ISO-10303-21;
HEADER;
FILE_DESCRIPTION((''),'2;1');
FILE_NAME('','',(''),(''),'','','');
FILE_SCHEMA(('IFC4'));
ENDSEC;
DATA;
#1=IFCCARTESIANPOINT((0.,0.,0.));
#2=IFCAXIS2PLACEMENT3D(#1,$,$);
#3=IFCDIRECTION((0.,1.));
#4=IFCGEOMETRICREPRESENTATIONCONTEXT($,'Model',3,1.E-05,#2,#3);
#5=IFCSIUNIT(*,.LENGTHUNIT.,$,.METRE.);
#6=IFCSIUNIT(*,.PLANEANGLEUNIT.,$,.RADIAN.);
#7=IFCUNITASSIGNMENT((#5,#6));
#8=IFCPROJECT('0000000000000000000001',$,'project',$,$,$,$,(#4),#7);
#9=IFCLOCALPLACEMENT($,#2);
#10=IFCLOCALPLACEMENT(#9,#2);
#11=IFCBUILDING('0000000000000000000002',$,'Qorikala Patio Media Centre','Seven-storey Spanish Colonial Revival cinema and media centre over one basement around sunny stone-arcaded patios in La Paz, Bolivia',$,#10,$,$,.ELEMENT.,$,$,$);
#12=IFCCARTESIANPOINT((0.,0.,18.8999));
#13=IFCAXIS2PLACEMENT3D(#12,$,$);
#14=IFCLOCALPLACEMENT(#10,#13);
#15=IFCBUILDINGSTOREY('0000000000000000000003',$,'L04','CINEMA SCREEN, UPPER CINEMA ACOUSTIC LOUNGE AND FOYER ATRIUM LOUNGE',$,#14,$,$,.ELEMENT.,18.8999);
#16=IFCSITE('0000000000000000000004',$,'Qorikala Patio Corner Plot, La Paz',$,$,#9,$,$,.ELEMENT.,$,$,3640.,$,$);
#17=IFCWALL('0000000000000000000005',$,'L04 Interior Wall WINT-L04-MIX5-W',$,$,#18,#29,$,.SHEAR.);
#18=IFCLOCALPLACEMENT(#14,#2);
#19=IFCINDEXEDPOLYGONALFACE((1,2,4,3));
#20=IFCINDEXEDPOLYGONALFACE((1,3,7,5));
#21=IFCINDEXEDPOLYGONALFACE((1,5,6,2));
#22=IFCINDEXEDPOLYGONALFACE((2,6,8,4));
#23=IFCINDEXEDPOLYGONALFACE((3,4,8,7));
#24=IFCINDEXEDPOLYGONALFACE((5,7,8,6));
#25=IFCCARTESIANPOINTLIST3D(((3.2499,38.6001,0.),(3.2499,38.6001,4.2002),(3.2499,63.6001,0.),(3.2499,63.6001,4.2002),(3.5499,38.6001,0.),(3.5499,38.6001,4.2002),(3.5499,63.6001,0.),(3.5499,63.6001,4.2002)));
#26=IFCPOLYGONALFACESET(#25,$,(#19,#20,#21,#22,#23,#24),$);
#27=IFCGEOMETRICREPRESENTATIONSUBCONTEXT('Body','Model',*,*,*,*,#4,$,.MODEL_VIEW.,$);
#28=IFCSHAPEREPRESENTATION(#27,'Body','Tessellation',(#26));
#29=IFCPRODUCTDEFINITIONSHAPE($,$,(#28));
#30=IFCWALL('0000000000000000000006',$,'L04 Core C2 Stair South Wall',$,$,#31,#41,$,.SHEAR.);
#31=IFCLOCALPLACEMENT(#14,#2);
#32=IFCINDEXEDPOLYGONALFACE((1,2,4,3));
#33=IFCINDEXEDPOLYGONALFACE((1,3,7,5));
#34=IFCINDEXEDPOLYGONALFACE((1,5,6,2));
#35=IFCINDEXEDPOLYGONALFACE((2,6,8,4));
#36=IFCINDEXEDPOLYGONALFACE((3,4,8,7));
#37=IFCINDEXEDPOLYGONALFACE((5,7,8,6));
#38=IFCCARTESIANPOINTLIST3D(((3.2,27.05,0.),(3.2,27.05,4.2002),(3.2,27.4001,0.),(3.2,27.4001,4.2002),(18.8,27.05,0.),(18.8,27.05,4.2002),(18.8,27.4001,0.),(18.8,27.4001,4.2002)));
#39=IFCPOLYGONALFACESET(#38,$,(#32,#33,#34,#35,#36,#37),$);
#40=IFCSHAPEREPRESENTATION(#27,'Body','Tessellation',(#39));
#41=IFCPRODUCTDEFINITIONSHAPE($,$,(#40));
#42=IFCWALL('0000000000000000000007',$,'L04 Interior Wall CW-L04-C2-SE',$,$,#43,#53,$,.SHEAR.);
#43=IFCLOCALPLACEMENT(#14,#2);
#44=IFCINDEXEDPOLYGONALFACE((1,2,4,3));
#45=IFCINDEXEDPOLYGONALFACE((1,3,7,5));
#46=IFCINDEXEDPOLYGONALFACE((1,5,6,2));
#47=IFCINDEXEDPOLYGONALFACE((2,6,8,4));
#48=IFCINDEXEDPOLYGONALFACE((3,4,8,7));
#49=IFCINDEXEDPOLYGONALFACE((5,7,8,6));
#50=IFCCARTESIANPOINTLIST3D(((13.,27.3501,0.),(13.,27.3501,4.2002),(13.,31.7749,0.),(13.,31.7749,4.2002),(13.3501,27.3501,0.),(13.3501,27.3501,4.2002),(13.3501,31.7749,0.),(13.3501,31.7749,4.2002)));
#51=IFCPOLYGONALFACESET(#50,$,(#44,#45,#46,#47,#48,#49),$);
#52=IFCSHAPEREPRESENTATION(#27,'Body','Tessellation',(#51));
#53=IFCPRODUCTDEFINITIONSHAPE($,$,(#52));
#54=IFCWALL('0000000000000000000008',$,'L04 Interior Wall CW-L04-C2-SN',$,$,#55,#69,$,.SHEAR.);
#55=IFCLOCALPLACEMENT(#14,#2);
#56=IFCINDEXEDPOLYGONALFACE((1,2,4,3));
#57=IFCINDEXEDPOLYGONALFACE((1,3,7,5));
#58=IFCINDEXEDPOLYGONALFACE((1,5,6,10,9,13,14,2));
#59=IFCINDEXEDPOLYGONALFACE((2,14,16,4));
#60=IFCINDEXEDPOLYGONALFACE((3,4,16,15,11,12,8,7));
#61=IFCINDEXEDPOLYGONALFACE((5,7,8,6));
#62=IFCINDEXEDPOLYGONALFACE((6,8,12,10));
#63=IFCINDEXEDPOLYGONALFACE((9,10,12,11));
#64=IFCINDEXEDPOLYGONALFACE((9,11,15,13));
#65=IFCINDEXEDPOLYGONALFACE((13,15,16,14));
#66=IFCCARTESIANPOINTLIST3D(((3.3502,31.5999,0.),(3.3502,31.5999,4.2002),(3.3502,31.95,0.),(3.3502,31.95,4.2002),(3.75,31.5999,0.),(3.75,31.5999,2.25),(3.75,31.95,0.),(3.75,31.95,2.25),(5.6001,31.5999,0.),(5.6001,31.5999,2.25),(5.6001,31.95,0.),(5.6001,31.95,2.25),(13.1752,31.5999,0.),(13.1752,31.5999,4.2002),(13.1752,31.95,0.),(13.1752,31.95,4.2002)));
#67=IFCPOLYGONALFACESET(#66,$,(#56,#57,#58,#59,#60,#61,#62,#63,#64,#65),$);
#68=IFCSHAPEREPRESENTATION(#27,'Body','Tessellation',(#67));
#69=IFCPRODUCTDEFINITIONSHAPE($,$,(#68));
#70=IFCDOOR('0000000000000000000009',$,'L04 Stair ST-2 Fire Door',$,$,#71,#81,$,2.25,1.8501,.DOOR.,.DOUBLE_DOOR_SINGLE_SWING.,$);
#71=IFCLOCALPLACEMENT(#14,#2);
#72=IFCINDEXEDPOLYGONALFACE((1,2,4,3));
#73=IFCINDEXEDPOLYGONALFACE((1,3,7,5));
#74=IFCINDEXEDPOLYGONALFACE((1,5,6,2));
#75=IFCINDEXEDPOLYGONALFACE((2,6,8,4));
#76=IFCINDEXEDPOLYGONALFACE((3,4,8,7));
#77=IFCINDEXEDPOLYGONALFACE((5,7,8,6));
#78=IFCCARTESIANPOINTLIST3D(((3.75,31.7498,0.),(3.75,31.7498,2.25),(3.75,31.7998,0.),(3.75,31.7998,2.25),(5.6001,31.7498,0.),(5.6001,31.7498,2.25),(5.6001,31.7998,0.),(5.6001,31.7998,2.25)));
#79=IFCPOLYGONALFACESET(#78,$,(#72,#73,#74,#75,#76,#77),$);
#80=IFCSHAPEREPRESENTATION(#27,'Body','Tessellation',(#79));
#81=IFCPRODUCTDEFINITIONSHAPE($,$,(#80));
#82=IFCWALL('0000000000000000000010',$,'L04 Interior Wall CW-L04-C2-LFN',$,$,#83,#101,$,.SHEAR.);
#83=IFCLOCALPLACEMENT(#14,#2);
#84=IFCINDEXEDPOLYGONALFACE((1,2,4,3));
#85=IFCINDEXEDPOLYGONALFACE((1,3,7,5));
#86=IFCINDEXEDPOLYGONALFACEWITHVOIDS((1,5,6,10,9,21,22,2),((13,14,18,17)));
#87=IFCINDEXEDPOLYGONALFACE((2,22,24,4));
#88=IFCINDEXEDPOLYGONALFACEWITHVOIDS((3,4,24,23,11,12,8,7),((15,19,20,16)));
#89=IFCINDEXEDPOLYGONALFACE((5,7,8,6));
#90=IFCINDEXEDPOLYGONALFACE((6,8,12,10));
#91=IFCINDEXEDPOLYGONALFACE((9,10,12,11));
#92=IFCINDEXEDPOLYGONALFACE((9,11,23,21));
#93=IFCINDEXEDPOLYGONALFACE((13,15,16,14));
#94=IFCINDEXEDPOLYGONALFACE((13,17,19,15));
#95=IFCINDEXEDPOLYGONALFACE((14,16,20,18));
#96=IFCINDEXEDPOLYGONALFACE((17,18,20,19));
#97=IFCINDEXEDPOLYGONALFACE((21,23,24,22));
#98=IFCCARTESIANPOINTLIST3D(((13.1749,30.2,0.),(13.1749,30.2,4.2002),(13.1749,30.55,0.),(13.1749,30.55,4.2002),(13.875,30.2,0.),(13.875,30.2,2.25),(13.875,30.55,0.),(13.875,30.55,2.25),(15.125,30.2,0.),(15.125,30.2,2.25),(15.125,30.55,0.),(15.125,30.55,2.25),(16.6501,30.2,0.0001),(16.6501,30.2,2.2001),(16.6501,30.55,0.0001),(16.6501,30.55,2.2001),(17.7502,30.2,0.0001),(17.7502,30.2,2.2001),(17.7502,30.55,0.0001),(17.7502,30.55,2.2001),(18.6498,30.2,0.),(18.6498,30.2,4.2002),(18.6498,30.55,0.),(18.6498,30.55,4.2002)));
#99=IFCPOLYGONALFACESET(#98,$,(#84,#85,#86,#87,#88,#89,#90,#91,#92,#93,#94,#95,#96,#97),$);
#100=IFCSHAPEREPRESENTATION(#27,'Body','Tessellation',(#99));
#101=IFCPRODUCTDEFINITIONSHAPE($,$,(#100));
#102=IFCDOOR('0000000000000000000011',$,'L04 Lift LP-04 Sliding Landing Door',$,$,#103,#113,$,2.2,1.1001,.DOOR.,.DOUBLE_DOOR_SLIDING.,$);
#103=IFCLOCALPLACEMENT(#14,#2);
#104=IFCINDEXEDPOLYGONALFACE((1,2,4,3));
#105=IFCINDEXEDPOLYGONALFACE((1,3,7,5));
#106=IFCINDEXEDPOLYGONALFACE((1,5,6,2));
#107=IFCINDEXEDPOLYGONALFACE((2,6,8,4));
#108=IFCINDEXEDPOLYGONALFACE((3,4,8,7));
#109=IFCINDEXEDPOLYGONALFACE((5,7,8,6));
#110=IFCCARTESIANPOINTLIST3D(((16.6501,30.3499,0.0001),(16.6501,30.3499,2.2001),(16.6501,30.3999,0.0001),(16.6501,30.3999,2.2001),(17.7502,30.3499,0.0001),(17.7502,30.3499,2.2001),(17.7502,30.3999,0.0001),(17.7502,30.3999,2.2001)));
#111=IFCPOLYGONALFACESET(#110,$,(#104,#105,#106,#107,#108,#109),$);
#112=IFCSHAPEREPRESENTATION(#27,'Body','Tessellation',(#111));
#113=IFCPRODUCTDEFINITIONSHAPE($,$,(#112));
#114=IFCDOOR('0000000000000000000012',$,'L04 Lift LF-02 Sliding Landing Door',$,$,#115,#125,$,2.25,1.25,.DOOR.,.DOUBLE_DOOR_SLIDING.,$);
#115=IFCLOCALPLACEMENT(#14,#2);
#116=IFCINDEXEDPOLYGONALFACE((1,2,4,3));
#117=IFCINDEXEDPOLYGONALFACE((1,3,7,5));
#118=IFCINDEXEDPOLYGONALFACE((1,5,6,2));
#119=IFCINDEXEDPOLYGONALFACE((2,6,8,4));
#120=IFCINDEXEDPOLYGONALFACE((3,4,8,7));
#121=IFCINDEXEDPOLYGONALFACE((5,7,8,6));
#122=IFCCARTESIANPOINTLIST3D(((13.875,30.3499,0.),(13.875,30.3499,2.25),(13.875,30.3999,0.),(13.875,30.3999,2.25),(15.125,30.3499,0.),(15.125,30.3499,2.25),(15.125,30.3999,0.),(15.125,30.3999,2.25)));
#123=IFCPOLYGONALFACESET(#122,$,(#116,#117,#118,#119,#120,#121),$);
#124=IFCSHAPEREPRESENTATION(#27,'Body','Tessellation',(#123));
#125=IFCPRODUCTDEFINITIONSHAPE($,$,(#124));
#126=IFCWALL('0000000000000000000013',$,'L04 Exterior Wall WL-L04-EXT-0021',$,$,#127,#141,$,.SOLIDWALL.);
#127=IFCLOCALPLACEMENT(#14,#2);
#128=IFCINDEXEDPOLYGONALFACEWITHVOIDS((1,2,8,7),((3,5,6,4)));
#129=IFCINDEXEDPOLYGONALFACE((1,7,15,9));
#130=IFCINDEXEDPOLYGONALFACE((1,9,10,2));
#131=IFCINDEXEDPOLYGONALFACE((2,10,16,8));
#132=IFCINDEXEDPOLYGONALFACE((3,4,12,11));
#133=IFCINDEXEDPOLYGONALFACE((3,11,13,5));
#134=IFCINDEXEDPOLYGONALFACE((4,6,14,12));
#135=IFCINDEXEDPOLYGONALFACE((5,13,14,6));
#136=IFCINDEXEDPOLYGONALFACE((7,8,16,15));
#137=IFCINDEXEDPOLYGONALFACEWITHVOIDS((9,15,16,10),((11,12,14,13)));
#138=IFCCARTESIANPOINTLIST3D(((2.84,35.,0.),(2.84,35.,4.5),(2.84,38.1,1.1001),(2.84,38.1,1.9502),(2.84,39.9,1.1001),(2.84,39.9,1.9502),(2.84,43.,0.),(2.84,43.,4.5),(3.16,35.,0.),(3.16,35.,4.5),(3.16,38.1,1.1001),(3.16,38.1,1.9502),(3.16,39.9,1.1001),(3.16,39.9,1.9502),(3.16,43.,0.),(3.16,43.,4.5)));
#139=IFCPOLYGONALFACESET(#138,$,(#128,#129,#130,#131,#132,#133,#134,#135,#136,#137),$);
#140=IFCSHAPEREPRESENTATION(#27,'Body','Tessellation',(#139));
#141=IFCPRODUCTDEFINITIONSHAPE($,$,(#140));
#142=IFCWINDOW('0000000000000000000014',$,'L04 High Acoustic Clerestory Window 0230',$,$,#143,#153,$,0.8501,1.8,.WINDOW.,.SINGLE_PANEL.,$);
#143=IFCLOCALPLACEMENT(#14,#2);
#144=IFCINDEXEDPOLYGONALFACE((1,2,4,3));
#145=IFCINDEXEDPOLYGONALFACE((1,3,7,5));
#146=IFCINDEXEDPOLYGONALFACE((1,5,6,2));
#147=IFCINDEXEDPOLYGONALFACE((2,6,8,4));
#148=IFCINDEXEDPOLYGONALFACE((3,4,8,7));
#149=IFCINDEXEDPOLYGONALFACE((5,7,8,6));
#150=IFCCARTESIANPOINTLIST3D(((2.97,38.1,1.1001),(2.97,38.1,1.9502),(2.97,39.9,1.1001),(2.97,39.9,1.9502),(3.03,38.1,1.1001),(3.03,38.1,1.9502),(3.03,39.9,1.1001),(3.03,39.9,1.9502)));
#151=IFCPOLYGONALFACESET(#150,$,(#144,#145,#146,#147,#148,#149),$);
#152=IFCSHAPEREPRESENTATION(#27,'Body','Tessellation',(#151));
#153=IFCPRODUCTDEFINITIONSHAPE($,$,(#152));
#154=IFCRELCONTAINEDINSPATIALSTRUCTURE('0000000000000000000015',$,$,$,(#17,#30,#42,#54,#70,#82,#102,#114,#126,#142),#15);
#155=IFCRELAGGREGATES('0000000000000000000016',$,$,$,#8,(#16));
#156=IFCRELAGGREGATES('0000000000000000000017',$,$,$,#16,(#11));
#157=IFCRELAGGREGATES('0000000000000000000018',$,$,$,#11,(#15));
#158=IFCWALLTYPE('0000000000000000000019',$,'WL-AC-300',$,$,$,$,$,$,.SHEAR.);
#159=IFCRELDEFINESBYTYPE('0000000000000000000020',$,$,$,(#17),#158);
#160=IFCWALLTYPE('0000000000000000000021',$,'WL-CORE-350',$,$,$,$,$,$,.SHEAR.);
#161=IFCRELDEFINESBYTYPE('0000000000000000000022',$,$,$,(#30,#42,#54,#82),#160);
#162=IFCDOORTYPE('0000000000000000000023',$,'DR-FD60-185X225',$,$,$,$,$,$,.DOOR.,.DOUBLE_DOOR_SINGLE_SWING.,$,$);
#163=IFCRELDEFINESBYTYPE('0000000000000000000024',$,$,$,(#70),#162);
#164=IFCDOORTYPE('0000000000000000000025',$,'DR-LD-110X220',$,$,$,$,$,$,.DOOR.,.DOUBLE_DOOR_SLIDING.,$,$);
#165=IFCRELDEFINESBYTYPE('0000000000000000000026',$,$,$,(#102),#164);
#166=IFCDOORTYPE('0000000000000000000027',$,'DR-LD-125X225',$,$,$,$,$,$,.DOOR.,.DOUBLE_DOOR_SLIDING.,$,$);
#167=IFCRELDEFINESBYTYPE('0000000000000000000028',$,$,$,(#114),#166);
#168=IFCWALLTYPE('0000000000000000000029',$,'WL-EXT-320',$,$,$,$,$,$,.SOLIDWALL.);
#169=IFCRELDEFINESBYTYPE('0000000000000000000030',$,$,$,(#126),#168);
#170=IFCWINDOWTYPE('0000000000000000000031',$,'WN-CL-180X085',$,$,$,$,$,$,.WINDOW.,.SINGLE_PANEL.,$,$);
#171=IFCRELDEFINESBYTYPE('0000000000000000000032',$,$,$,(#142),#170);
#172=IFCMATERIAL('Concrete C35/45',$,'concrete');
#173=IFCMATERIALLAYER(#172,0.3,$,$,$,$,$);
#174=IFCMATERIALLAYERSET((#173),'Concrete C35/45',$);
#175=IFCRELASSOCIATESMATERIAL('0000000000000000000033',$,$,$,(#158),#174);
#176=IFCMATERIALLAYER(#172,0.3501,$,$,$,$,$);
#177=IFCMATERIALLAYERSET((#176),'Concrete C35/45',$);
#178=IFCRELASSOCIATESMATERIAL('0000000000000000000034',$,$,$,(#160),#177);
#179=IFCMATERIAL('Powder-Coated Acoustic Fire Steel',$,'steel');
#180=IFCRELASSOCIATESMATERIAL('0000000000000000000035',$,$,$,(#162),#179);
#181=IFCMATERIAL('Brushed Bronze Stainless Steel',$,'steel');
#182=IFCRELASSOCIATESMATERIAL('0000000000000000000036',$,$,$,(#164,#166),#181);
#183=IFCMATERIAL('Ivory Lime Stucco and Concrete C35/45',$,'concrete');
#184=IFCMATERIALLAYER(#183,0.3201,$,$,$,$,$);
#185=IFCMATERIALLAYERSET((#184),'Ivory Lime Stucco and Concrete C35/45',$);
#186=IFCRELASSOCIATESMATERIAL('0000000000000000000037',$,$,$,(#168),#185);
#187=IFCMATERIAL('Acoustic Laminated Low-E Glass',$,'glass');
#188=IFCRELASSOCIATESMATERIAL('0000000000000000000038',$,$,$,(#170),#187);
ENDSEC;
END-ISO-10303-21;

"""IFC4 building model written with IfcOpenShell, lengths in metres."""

from ifc_helpers import new_model, si_unit, direction, frame, frame_2d, origin, place, context, subcontext, project, spatial, rectangle, extrude, material, layer, layer_set, type_object, element, fill, save


model = new_model("IFC4")

# Units and contexts
model_context = context("Model", 3, precision=1e-05, world=origin(), true_north=direction((0.0, 1.0)))
body_context = subcontext(model_context, "Body", "Model", "MODEL_VIEW")
ifc_project = project(units=[si_unit("LENGTHUNIT", "METRE"), si_unit("PLANEANGLEUNIT", "RADIAN")], contexts=[model_context])

# Site, building, storey
site_placement = place(None, origin())
site = spatial("IfcSite", under=ifc_project, at=site_placement, Name="Qorikala Patio Corner Plot, La Paz", CompositionType="ELEMENT", RefElevation=3640.0)
building_placement = place(site_placement, origin())
building = spatial("IfcBuilding", under=site, at=building_placement, Name="Qorikala Patio Media Centre", Description="Seven-storey Spanish Colonial Revival cinema and media centre over one basement around sunny stone-arcaded patios in La Paz, Bolivia", CompositionType="ELEMENT")
storey_placement = place(building_placement, frame((0.0, 0.0, 18.8999)))
storey = spatial("IfcBuildingStorey", under=building, at=storey_placement, Name="L04", Description="CINEMA SCREEN, UPPER CINEMA ACOUSTIC LOUNGE AND FOYER ATRIUM LOUNGE", CompositionType="ELEMENT", Elevation=18.8999)

# Shared definitions
ifc_material_1 = material(Name="Concrete C35/45", Category="concrete")

# Walls
ifc_layer_1 = layer(ifc_material_1, 0.3)
ifc_layer_set_1 = layer_set([ifc_layer_1], Name="Concrete C35/45")
wall_type_1 = type_object("IfcWallType", Name="WL-AC-300", PredefinedType="SHEAR", material=ifc_layer_set_1)
wall_1_placement = place(storey_placement, frame((3.3999, 38.6001, 0.0), z_axis=(0.0, 0.0, 1.0), x_axis=(0.0, 1.0, 0.0)))
element("IfcWall", 1, at=wall_1_placement, inside=storey, type_object=wall_type_1, Name="L04 Interior Wall WINT-L04-MIX5-W", PredefinedType="SHEAR", context=body_context, shape_type="SweptSolid", body=[
    extrude(rectangle(XDim=25.0, YDim=0.3, at=frame_2d((12.5, 0.0))), origin(), (0.0, 0.0, 1.0), 4.2002),
])
ifc_layer_2 = layer(ifc_material_1, 0.3501)
ifc_layer_set_2 = layer_set([ifc_layer_2], Name="Concrete C35/45")
wall_type_2 = type_object("IfcWallType", Name="WL-CORE-350", PredefinedType="SHEAR", material=ifc_layer_set_2)
wall_2_placement = place(storey_placement, frame((3.2, 27.2251, 0.0), z_axis=(0.0, 0.0, 1.0), x_axis=(1.0, 0.0, 0.0)))
element("IfcWall", 2, at=wall_2_placement, inside=storey, type_object=wall_type_2, Name="L04 Core C2 Stair South Wall", PredefinedType="SHEAR", context=body_context, shape_type="SweptSolid", body=[
    extrude(rectangle(XDim=15.6001, YDim=0.3501, at=frame_2d((7.8, 0.0))), origin(), (0.0, 0.0, 1.0), 4.2002),
])
wall_3_placement = place(storey_placement, frame((13.175, 27.3501, 0.0), z_axis=(0.0, 0.0, 1.0), x_axis=(0.0, 1.0, 0.0)))
element("IfcWall", 3, at=wall_3_placement, inside=storey, type_object=wall_type_2, Name="L04 Interior Wall CW-L04-C2-SE", PredefinedType="SHEAR", context=body_context, shape_type="SweptSolid", body=[
    extrude(rectangle(XDim=4.4248, YDim=0.3501, at=frame_2d((2.2124, 0.0))), origin(), (0.0, 0.0, 1.0), 4.2002),
])

# Wall, opening, door
wall_4_placement = place(storey_placement, frame((3.3501, 31.7749, 0.0), z_axis=(0.0, 0.0, 1.0), x_axis=(1.0, 0.0, 0.0)))
wall_4 = element("IfcWall", 4, at=wall_4_placement, inside=storey, type_object=wall_type_2, Name="L04 Interior Wall CW-L04-C2-SN", PredefinedType="SHEAR", context=body_context, shape_type="SweptSolid", body=[
    extrude(rectangle(XDim=9.825, YDim=0.3501, at=frame_2d((4.9126, 0.0))), origin(), (0.0, 0.0, 1.0), 4.2002),
])
opening_1_placement = place(wall_4_placement, frame((0.3999, 0.0, 0.0)))
opening_1 = element("IfcOpeningElement", 5, at=opening_1_placement, cuts=wall_4, PredefinedType="OPENING", context=body_context, shape_type="SweptSolid", body=[
    extrude(rectangle(XDim=1.8501, YDim=2.25, at=frame_2d((0.925, 1.125))), frame((0.0, 0.1851, 0.0), z_axis=(0.0, -1.0, 0.0), x_axis=(1.0, 0.0, 0.0)), (0.0, 0.0, 1.0), 0.3701),
])
ifc_material_2 = material(Name="Powder-Coated Acoustic Fire Steel", Category="steel")
door_type_1 = type_object("IfcDoorType", Name="DR-FD60-185X225", OperationType="DOUBLE_DOOR_SINGLE_SWING", PredefinedType="DOOR", material=ifc_material_2)
door_1_placement = place(opening_1_placement, origin())
door_1 = element("IfcDoor", 6, at=door_1_placement, inside=storey, type_object=door_type_1, Name="L04 Stair ST-2 Fire Door", OperationType="DOUBLE_DOOR_SINGLE_SWING", OverallHeight=2.25, OverallWidth=1.8501, PredefinedType="DOOR", context=body_context, shape_type="SweptSolid", body=[
    extrude(rectangle(XDim=1.8501, YDim=2.25, at=frame_2d((0.925, 1.125))), frame((0.0, 0.0249, 0.0), z_axis=(0.0, -1.0, 0.0), x_axis=(1.0, 0.0, 0.0)), (0.0, 0.0, 1.0), 0.05),
])
fill(opening_1, door_1)

# Wall, openings, doors
wall_5_placement = place(storey_placement, frame((13.175, 30.375, 0.0), z_axis=(0.0, 0.0, 1.0), x_axis=(1.0, 0.0, 0.0)))
wall_5 = element("IfcWall", 7, at=wall_5_placement, inside=storey, type_object=wall_type_2, Name="L04 Interior Wall CW-L04-C2-LFN", PredefinedType="SHEAR", context=body_context, shape_type="SweptSolid", body=[
    extrude(rectangle(XDim=5.4749, YDim=0.3501, at=frame_2d((2.7373, 0.0))), origin(), (0.0, 0.0, 1.0), 4.2002),
])
opening_2_placement = place(wall_5_placement, frame((0.7, 0.0, 0.0)))
opening_2 = element("IfcOpeningElement", 8, at=opening_2_placement, cuts=wall_5, PredefinedType="OPENING", context=body_context, shape_type="SweptSolid", body=[
    extrude(rectangle(XDim=1.25, YDim=2.25, at=frame_2d((0.625, 1.125))), frame((0.0, 0.1851, 0.0), z_axis=(0.0, -1.0, 0.0), x_axis=(1.0, 0.0, 0.0)), (0.0, 0.0, 1.0), 0.3701),
])
opening_3_placement = place(wall_5_placement, frame((3.4751, 0.0, 0.0)))
opening_3 = element("IfcOpeningElement", 9, at=opening_3_placement, cuts=wall_5, PredefinedType="OPENING", context=body_context, shape_type="SweptSolid", body=[
    extrude(rectangle(XDim=1.1001, YDim=2.2, at=frame_2d((0.55, 1.1001))), frame((0.0, 0.1851, 0.0), z_axis=(0.0, -1.0, 0.0), x_axis=(1.0, 0.0, 0.0)), (0.0, 0.0, 1.0), 0.3701),
])
ifc_material_3 = material(Name="Brushed Bronze Stainless Steel", Category="steel")
door_type_2 = type_object("IfcDoorType", Name="DR-LD-110X220", OperationType="DOUBLE_DOOR_SLIDING", PredefinedType="DOOR", material=ifc_material_3)
door_2_placement = place(opening_3_placement, origin())
door_2 = element("IfcDoor", 10, at=door_2_placement, inside=storey, type_object=door_type_2, Name="L04 Lift LP-04 Sliding Landing Door", OperationType="DOUBLE_DOOR_SLIDING", OverallHeight=2.2, OverallWidth=1.1001, PredefinedType="DOOR", context=body_context, shape_type="SweptSolid", body=[
    extrude(rectangle(XDim=1.1001, YDim=2.2, at=frame_2d((0.55, 1.1001))), frame((0.0, 0.0249, 0.0), z_axis=(0.0, -1.0, 0.0), x_axis=(1.0, 0.0, 0.0)), (0.0, 0.0, 1.0), 0.05),
])
fill(opening_3, door_2)
door_type_3 = type_object("IfcDoorType", Name="DR-LD-125X225", OperationType="DOUBLE_DOOR_SLIDING", PredefinedType="DOOR", material=ifc_material_3)
door_3_placement = place(opening_2_placement, origin())
door_3 = element("IfcDoor", 11, at=door_3_placement, inside=storey, type_object=door_type_3, Name="L04 Lift LF-02 Sliding Landing Door", OperationType="DOUBLE_DOOR_SLIDING", OverallHeight=2.25, OverallWidth=1.25, PredefinedType="DOOR", context=body_context, shape_type="SweptSolid", body=[
    extrude(rectangle(XDim=1.25, YDim=2.25, at=frame_2d((0.625, 1.125))), frame((0.0, 0.0249, 0.0), z_axis=(0.0, -1.0, 0.0), x_axis=(1.0, 0.0, 0.0)), (0.0, 0.0, 1.0), 0.05),
])
fill(opening_2, door_3)

# Wall, opening, window
ifc_material_4 = material(Name="Ivory Lime Stucco and Concrete C35/45", Category="concrete")
ifc_layer_3 = layer(ifc_material_4, 0.3201)
ifc_layer_set_3 = layer_set([ifc_layer_3], Name="Ivory Lime Stucco and Concrete C35/45")
wall_type_3 = type_object("IfcWallType", Name="WL-EXT-320", PredefinedType="SOLIDWALL", material=ifc_layer_set_3)
wall_6_placement = place(storey_placement, frame((3.0, 35.0, 0.0), z_axis=(0.0, 0.0, 1.0), x_axis=(0.0, 1.0, 0.0)))
wall_6 = element("IfcWall", 12, at=wall_6_placement, inside=storey, type_object=wall_type_3, Name="L04 Exterior Wall WL-L04-EXT-0021", PredefinedType="SOLIDWALL", context=body_context, shape_type="SweptSolid", body=[
    extrude(rectangle(XDim=8.0, YDim=0.3201, at=frame_2d((4.0, 0.0))), origin(), (0.0, 0.0, 1.0), 4.5),
])
opening_4_placement = place(wall_6_placement, frame((3.1001, 0.0, 1.1001)))
opening_4 = element("IfcOpeningElement", 13, at=opening_4_placement, cuts=wall_6, PredefinedType="OPENING", context=body_context, shape_type="SweptSolid", body=[
    extrude(rectangle(XDim=1.8, YDim=0.8501, at=frame_2d((0.8999, 0.425))), frame((0.0, 0.1699, 0.0), z_axis=(0.0, -1.0, 0.0), x_axis=(1.0, 0.0, 0.0)), (0.0, 0.0, 1.0), 0.3401),
])
ifc_material_5 = material(Name="Acoustic Laminated Low-E Glass", Category="glass")
window_type = type_object("IfcWindowType", Name="WN-CL-180X085", PartitioningType="SINGLE_PANEL", PredefinedType="WINDOW", material=ifc_material_5)
window_placement = place(opening_4_placement, origin())
window = element("IfcWindow", 14, at=window_placement, inside=storey, type_object=window_type, Name="L04 High Acoustic Clerestory Window 0230", OverallHeight=0.8501, OverallWidth=1.8, PartitioningType="SINGLE_PANEL", PredefinedType="WINDOW", context=body_context, shape_type="SweptSolid", body=[
    extrude(rectangle(XDim=1.8, YDim=0.8501, at=frame_2d((0.8999, 0.425))), frame((0.0, 0.03, 0.0), z_axis=(0.0, -1.0, 0.0), x_axis=(1.0, 0.0, 0.0)), (0.0, 0.0, 1.0), 0.0601),
])
fill(opening_4, window)

save(model, "model.ifc")
